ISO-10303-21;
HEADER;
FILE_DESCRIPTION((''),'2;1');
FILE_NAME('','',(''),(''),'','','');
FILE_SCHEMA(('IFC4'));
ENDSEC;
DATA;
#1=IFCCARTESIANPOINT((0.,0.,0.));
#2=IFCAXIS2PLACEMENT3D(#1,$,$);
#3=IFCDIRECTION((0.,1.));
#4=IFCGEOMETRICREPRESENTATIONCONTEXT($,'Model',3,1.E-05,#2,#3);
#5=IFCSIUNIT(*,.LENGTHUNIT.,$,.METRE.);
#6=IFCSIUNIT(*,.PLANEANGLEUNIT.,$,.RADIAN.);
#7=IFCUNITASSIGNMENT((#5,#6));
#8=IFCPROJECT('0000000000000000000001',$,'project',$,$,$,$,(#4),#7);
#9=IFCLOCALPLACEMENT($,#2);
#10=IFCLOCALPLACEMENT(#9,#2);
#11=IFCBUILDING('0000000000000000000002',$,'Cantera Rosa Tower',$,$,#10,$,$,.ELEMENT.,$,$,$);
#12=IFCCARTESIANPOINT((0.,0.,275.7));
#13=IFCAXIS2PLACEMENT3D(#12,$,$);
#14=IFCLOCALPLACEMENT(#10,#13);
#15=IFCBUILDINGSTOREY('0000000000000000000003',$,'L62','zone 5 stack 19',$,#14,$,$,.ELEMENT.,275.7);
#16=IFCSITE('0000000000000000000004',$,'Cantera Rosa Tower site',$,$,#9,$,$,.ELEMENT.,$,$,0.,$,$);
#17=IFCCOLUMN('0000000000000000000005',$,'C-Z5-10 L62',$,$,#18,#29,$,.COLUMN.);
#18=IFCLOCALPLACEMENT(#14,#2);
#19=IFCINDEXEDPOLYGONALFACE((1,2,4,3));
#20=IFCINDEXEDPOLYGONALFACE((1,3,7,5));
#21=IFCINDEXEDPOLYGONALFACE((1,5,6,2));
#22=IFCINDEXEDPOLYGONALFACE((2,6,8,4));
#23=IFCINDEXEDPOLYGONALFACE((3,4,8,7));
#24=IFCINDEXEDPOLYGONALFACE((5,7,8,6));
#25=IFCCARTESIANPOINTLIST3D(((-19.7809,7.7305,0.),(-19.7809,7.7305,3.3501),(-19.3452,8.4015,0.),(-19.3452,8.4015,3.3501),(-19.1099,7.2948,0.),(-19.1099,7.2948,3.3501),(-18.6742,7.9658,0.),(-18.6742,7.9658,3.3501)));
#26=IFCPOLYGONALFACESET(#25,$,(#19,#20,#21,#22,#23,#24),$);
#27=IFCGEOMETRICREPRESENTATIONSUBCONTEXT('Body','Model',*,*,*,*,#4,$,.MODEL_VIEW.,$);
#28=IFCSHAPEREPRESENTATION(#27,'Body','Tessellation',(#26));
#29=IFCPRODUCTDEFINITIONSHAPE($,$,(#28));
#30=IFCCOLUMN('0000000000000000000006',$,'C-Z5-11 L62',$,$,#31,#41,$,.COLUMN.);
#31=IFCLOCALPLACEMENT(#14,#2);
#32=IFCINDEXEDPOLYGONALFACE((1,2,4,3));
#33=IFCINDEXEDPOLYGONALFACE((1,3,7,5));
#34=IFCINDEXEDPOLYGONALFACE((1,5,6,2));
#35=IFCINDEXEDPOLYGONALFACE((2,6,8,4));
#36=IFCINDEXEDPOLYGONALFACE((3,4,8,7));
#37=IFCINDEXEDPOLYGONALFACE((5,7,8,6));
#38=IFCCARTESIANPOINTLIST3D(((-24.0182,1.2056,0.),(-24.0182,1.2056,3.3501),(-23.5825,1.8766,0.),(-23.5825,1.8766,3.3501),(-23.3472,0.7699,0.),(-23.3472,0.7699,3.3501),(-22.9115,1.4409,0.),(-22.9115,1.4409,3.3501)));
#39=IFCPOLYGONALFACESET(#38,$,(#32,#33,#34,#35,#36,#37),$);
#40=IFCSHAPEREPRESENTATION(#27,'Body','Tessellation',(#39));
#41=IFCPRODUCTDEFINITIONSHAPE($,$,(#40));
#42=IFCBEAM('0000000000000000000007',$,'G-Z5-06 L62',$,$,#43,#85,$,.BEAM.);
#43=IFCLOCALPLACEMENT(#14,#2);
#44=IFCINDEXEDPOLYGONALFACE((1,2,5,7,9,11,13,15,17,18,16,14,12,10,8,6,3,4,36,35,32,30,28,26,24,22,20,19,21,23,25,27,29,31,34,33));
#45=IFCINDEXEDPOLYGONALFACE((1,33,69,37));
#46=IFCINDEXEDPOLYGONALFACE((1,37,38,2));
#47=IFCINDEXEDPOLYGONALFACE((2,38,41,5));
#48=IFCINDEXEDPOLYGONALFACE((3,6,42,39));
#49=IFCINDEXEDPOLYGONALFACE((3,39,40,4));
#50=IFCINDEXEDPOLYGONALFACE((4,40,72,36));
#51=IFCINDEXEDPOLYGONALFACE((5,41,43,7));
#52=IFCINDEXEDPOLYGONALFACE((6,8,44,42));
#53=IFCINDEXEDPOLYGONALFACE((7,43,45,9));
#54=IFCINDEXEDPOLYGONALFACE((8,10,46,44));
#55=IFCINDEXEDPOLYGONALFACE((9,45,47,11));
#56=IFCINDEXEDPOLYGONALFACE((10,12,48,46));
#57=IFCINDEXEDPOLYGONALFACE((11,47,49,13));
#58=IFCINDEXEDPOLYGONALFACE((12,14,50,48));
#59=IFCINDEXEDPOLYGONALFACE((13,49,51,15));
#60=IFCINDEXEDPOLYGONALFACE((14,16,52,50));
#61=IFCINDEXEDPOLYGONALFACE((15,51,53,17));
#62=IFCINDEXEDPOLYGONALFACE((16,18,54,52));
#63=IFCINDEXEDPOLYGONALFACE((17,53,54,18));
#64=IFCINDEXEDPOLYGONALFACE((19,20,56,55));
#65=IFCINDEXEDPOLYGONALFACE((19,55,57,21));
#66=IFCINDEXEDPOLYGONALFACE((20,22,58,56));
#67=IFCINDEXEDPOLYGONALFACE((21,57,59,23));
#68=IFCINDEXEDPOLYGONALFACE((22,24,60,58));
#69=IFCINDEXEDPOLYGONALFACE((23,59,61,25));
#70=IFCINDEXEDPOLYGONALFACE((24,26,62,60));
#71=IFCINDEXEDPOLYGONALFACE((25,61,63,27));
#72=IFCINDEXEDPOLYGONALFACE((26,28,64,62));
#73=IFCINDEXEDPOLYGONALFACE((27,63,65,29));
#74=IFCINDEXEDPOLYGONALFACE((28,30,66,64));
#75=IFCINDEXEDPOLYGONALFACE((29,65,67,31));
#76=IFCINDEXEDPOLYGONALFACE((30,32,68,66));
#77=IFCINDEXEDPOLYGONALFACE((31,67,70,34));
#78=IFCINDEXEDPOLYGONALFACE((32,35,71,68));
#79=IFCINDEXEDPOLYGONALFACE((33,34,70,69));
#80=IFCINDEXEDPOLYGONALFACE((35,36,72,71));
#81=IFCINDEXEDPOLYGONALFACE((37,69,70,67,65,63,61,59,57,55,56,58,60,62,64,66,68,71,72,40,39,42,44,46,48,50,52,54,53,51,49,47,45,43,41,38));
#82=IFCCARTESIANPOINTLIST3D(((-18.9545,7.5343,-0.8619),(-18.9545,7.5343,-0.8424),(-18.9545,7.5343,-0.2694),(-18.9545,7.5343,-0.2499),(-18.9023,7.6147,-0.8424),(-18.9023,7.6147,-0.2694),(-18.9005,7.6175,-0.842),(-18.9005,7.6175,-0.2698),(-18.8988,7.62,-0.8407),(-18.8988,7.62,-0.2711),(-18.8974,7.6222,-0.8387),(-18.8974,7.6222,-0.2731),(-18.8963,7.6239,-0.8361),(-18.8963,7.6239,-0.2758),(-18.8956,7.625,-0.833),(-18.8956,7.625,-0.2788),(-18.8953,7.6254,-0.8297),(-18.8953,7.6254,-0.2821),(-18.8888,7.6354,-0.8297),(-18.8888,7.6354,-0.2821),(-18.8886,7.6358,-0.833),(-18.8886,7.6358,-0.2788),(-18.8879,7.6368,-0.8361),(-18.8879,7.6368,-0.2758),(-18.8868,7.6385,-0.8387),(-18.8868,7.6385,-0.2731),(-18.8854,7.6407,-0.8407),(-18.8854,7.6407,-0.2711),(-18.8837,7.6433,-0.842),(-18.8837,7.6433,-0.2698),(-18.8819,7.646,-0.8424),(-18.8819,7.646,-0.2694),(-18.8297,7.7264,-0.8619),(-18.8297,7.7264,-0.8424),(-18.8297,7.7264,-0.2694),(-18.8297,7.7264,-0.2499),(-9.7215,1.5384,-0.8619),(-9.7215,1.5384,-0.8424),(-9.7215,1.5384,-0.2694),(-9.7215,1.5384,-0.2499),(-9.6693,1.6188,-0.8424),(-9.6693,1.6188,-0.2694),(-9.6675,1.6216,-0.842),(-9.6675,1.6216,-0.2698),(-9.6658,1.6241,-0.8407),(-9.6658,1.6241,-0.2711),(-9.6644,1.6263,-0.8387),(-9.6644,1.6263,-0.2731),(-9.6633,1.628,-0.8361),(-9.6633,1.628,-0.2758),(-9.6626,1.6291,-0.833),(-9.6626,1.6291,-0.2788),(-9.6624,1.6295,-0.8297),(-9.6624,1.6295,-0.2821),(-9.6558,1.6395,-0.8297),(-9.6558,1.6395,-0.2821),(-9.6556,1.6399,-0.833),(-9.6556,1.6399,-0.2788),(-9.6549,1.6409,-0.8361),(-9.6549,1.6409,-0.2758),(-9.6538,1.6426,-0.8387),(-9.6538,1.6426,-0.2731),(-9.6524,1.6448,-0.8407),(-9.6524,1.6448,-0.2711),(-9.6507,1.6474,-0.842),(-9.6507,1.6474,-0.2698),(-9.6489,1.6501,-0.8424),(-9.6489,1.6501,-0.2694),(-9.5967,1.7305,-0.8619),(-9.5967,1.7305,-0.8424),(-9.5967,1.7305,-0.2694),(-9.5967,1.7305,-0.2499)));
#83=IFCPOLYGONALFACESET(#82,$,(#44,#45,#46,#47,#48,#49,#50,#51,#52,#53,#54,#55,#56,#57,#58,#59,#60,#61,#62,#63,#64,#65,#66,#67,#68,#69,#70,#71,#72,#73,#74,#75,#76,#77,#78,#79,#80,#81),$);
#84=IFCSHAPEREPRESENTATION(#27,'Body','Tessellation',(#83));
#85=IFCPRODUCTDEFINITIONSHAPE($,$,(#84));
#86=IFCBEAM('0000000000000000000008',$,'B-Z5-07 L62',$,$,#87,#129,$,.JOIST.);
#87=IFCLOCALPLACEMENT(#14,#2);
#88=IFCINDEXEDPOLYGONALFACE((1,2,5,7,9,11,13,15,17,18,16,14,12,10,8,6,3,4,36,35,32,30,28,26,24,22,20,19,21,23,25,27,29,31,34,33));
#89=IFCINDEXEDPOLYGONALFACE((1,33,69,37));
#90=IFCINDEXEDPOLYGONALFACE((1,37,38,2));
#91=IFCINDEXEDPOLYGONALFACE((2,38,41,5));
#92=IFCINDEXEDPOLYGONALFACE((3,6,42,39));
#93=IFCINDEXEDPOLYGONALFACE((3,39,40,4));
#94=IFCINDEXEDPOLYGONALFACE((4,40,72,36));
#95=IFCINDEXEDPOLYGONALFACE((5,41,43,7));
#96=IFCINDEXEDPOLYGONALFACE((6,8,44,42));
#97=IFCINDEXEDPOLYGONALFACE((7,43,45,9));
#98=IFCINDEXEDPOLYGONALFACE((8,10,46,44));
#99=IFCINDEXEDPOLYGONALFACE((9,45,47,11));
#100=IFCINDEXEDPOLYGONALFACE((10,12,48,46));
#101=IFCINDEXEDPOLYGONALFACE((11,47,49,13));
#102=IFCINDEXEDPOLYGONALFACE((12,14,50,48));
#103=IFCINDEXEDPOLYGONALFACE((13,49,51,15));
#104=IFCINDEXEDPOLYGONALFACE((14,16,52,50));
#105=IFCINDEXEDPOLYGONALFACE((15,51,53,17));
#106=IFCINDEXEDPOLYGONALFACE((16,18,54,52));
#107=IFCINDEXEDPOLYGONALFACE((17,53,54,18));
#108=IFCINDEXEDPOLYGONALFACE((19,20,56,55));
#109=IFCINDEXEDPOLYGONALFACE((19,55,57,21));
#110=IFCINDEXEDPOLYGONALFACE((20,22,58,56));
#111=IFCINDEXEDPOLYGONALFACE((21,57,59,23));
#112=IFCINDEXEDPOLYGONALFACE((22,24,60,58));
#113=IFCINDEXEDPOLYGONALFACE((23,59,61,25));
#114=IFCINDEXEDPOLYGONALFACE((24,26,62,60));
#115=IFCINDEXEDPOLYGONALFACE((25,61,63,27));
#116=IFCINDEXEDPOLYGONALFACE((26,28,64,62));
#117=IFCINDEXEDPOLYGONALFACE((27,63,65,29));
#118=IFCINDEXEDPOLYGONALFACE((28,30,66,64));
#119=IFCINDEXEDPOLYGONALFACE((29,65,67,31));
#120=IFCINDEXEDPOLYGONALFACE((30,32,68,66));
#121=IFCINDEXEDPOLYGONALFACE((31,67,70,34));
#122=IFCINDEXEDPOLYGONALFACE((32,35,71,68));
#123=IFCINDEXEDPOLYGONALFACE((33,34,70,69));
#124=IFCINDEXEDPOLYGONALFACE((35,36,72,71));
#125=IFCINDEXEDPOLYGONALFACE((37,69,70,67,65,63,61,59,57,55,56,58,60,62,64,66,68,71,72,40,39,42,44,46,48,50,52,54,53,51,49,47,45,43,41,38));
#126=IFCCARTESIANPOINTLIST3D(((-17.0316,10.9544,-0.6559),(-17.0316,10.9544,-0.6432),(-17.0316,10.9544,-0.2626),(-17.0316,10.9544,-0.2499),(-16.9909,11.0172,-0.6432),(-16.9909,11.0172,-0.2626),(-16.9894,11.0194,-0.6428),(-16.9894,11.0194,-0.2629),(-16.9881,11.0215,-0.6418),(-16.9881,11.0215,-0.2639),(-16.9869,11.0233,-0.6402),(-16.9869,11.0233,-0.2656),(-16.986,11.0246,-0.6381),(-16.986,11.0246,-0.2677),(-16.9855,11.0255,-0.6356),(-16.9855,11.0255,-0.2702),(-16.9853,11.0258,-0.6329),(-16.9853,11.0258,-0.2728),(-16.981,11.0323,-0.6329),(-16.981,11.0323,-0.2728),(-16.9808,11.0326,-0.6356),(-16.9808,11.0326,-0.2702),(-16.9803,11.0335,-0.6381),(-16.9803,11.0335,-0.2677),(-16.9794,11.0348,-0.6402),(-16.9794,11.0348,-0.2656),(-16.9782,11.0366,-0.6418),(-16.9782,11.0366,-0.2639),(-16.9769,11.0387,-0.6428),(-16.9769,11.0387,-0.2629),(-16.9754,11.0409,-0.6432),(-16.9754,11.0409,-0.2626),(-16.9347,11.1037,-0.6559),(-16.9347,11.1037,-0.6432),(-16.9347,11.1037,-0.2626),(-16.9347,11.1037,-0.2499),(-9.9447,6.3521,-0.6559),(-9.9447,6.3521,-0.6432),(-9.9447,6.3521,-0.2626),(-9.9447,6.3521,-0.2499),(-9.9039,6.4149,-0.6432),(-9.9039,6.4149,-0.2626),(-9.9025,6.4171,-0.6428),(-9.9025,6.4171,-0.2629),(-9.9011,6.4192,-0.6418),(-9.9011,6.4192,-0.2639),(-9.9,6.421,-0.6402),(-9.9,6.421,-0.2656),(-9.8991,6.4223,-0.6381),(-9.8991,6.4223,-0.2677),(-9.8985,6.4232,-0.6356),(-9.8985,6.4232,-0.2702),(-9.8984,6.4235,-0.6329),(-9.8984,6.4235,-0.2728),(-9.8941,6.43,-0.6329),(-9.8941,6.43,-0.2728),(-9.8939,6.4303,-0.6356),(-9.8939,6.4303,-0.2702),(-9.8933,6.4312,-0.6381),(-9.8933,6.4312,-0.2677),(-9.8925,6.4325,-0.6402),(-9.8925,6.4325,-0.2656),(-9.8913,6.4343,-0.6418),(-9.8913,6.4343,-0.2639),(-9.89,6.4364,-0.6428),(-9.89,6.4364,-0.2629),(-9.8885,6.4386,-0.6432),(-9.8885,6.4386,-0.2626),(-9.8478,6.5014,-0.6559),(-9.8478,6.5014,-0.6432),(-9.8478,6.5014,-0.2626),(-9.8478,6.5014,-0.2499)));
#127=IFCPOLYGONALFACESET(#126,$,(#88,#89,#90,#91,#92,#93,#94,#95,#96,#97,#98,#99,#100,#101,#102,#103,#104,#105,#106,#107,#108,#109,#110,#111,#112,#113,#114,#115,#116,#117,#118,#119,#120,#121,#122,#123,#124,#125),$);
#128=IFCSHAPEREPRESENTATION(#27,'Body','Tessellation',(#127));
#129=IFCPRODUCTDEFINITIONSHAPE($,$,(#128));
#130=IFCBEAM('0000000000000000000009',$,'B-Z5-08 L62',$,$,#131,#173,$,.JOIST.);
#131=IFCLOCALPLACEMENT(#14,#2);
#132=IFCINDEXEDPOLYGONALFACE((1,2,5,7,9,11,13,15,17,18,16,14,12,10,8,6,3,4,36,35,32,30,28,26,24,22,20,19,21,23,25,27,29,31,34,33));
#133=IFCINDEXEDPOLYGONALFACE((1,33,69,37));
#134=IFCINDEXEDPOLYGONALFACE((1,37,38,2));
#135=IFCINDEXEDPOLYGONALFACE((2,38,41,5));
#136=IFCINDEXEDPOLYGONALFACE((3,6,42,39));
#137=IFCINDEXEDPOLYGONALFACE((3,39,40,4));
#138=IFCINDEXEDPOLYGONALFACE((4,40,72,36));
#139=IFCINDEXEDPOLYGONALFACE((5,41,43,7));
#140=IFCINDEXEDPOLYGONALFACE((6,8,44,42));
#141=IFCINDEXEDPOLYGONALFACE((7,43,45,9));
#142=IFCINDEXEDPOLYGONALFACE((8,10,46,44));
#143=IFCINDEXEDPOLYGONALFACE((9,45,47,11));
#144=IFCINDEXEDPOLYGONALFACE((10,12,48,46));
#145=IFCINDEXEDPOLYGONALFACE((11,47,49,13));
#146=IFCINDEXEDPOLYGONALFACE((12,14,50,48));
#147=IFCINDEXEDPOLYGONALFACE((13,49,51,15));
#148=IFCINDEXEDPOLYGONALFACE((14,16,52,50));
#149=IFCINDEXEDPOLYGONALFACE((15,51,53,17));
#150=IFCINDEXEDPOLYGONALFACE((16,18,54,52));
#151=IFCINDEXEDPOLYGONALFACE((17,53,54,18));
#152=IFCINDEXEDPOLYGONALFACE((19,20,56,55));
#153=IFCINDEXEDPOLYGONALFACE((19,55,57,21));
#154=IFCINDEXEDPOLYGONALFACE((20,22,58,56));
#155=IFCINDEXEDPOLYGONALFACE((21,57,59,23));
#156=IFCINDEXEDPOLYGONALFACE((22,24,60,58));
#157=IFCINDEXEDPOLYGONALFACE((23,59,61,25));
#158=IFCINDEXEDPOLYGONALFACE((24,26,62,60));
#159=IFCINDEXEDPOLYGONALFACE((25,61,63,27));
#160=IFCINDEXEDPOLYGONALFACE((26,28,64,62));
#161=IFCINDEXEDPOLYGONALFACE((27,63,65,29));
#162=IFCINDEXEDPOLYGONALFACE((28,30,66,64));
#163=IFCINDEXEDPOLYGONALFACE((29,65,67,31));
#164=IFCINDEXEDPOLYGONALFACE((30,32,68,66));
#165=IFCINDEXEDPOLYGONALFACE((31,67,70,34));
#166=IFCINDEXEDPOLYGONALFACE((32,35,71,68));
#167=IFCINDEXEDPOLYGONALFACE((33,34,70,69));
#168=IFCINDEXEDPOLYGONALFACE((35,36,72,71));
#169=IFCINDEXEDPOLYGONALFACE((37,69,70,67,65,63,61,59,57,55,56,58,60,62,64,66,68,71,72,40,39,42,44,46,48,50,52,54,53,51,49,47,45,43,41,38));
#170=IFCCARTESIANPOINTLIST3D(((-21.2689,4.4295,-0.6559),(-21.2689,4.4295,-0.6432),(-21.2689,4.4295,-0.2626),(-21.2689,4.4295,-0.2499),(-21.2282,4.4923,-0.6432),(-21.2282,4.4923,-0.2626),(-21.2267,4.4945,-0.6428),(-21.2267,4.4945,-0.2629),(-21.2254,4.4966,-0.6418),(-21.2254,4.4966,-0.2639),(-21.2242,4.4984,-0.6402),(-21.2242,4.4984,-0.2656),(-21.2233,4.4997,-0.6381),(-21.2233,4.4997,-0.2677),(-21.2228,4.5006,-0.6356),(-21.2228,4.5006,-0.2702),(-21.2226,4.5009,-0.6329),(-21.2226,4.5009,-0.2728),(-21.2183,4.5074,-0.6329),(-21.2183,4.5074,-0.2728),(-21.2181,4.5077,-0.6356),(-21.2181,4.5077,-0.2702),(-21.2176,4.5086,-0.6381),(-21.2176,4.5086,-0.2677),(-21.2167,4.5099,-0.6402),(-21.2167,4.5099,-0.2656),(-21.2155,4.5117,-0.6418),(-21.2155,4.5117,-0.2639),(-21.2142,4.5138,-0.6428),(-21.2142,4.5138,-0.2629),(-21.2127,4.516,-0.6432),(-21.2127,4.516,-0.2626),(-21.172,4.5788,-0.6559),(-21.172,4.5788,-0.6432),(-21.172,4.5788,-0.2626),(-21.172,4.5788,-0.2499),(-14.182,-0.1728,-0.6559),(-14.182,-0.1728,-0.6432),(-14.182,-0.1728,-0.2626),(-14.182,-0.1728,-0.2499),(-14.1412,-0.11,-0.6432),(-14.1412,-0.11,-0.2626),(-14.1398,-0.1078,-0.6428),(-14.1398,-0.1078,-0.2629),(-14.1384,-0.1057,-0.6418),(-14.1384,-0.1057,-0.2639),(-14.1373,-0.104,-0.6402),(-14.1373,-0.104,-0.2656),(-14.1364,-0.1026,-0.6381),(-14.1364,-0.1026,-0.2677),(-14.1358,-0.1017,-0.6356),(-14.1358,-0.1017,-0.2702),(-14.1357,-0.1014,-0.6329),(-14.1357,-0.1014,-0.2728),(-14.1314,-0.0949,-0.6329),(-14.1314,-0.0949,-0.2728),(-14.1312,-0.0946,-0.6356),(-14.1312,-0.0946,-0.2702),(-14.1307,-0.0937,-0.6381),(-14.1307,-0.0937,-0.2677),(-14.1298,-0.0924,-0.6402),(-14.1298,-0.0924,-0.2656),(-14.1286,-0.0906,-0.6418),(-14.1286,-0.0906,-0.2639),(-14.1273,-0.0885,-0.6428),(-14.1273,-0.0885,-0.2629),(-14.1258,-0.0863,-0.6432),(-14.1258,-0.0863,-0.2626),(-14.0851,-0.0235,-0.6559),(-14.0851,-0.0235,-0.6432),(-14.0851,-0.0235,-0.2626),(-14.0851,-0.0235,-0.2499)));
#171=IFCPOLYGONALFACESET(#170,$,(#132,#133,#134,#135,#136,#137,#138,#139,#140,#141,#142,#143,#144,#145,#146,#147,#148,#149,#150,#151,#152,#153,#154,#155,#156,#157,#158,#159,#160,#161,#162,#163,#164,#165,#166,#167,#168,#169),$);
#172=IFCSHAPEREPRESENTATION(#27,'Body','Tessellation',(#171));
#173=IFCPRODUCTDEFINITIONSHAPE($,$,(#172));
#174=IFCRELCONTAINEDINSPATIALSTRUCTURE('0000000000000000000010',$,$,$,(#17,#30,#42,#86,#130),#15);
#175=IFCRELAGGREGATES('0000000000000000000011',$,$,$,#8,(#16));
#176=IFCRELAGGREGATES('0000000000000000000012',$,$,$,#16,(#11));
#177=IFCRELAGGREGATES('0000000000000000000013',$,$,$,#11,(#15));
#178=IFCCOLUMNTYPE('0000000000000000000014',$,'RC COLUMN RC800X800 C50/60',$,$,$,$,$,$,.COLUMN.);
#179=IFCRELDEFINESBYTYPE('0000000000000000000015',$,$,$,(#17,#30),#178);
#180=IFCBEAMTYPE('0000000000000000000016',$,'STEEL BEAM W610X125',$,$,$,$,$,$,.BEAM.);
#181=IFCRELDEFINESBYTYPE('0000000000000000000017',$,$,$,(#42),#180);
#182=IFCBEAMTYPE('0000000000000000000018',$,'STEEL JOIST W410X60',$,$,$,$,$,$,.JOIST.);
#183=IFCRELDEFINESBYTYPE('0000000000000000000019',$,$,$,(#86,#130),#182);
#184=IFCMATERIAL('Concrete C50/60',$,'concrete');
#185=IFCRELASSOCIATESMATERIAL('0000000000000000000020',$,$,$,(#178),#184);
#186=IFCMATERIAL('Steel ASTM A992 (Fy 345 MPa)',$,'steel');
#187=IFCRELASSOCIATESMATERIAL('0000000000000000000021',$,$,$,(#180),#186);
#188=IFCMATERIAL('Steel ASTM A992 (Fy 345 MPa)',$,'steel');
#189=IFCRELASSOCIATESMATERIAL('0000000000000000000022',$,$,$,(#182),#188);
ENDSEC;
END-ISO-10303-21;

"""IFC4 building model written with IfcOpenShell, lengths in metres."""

from ifc_helpers import new_model, si_unit, direction, frame, origin, origin_2d, place, context, subcontext, project, spatial, rectangle, i_section, extrude, material, material_profile, profile_set, type_object, element, save


model = new_model("IFC4")

# Units and contexts
model_context = context("Model", 3, precision=1e-05, world=origin(), true_north=direction((0.0, 1.0)))
body_context = subcontext(model_context, "Body", "Model", "MODEL_VIEW")
ifc_project = project(units=[si_unit("LENGTHUNIT", "METRE"), si_unit("PLANEANGLEUNIT", "RADIAN")], contexts=[model_context])

# Site, building, storey
site_placement = place(None, origin())
site = spatial("IfcSite", under=ifc_project, at=site_placement, Name="Cantera Rosa Tower site", CompositionType="ELEMENT", RefElevation=0.0)
building_placement = place(site_placement, origin())
building = spatial("IfcBuilding", under=site, at=building_placement, Name="Cantera Rosa Tower", CompositionType="ELEMENT")
storey_placement = place(building_placement, frame((0.0, 0.0, 275.7)))
storey = spatial("IfcBuildingStorey", under=building, at=storey_placement, Name="L62", Description="zone 5 stack 19", CompositionType="ELEMENT", Elevation=275.7)

# Columns
ifc_material_1 = material(Name="Concrete C50/60", Category="concrete")
ifc_material_profile_1 = material_profile(ifc_material_1, rectangle(XDim=0.8, YDim=0.8, at=origin_2d()), Name="RC COLUMN RC800X800 C50/60")
ifc_profile_set_1 = profile_set([ifc_material_profile_1], Name="Concrete C50/60")
column_type = type_object("IfcColumnType", Name="RC COLUMN RC800X800 C50/60", PredefinedType="COLUMN", material=ifc_profile_set_1)
for number, where, z_axis, x_axis, name in (
    (1, (-19.2275, 7.8481, 0.0), (0.0, 0.0, 1.0), (0.544639, 0.838671, 0.0), "C-Z5-10 L62"),
    (2, (-23.4648, 1.3232, 0.0), (0.0, 0.0, 1.0), (0.544639, 0.838671, 0.0), "C-Z5-11 L62"),
):
    element("IfcColumn", number, at=place(storey_placement, frame(where, z_axis=z_axis, x_axis=x_axis)), inside=storey, type_object=column_type, Name=name, PredefinedType="COLUMN", context=body_context, shape_type="SweptSolid", body=[
        extrude(rectangle(XDim=0.8, YDim=0.8, at=origin_2d()), origin(), (0.0, 0.0, 1.0), 3.3501),
    ])

# Beams
ifc_material_2 = material(Name="Steel ASTM A992 (Fy 345 MPa)", Category="steel")
ifc_material_profile_2 = material_profile(ifc_material_2, i_section(OverallWidth=0.229, OverallDepth=0.6121, WebThickness=0.012, FlangeThickness=0.0195, FilletRadius=0.0127, at=origin_2d()), Name="W610X125")
ifc_profile_set_2 = profile_set([ifc_material_profile_2], Name="Steel ASTM A992 (Fy 345 MPa)")
beam_type_1 = type_object("IfcBeamType", Name="STEEL BEAM W610X125", PredefinedType="BEAM", material=ifc_profile_set_2)
beam_1_placement = place(storey_placement, frame((-18.8921, 7.6304, -0.5559), z_axis=(0.838674, -0.544634, 0.0), x_axis=(0.544634, 0.838674, 0.0)))
element("IfcBeam", 3, at=beam_1_placement, inside=storey, type_object=beam_type_1, Name="G-Z5-06 L62", PredefinedType="BEAM", context=body_context, shape_type="SweptSolid", body=[
    extrude(i_section(OverallWidth=0.229, OverallDepth=0.6121, WebThickness=0.012, FlangeThickness=0.0195, FilletRadius=0.0127, at=origin_2d()), origin(), (0.0, 0.0, 1.0), 11.009),
])
ifc_material_3 = material(Name="Steel ASTM A992 (Fy 345 MPa)", Category="steel")
ifc_material_profile_3 = material_profile(ifc_material_3, i_section(OverallWidth=0.178, OverallDepth=0.406, WebThickness=0.0078, FlangeThickness=0.0127, FilletRadius=0.0103, at=origin_2d()), Name="W410X60")
ifc_profile_set_3 = profile_set([ifc_material_profile_3], Name="Steel ASTM A992 (Fy 345 MPa)")
beam_type_2 = type_object("IfcBeamType", Name="STEEL JOIST W410X60", PredefinedType="JOIST", material=ifc_profile_set_3)
for number, where, z_axis, x_axis, name in (
    (4, (-16.9832, 11.0291, -0.4529), (0.838671, -0.544639, 0.0), (0.544639, 0.838671, 0.0), "B-Z5-07 L62"),
    (5, (-21.2205, 4.5042, -0.4529), (0.838671, -0.544639, 0.0), (0.544639, 0.838671, 0.0), "B-Z5-08 L62"),
):
    element("IfcBeam", number, at=place(storey_placement, frame(where, z_axis=z_axis, x_axis=x_axis)), inside=storey, type_object=beam_type_2, Name=name, PredefinedType="JOIST", context=body_context, shape_type="SweptSolid", body=[
        extrude(i_section(OverallWidth=0.178, OverallDepth=0.406, WebThickness=0.0078, FlangeThickness=0.0127, FilletRadius=0.0103, at=origin_2d()), origin(), (0.0, 0.0, 1.0), 8.4502),
    ])

save(model, "model.ifc")
